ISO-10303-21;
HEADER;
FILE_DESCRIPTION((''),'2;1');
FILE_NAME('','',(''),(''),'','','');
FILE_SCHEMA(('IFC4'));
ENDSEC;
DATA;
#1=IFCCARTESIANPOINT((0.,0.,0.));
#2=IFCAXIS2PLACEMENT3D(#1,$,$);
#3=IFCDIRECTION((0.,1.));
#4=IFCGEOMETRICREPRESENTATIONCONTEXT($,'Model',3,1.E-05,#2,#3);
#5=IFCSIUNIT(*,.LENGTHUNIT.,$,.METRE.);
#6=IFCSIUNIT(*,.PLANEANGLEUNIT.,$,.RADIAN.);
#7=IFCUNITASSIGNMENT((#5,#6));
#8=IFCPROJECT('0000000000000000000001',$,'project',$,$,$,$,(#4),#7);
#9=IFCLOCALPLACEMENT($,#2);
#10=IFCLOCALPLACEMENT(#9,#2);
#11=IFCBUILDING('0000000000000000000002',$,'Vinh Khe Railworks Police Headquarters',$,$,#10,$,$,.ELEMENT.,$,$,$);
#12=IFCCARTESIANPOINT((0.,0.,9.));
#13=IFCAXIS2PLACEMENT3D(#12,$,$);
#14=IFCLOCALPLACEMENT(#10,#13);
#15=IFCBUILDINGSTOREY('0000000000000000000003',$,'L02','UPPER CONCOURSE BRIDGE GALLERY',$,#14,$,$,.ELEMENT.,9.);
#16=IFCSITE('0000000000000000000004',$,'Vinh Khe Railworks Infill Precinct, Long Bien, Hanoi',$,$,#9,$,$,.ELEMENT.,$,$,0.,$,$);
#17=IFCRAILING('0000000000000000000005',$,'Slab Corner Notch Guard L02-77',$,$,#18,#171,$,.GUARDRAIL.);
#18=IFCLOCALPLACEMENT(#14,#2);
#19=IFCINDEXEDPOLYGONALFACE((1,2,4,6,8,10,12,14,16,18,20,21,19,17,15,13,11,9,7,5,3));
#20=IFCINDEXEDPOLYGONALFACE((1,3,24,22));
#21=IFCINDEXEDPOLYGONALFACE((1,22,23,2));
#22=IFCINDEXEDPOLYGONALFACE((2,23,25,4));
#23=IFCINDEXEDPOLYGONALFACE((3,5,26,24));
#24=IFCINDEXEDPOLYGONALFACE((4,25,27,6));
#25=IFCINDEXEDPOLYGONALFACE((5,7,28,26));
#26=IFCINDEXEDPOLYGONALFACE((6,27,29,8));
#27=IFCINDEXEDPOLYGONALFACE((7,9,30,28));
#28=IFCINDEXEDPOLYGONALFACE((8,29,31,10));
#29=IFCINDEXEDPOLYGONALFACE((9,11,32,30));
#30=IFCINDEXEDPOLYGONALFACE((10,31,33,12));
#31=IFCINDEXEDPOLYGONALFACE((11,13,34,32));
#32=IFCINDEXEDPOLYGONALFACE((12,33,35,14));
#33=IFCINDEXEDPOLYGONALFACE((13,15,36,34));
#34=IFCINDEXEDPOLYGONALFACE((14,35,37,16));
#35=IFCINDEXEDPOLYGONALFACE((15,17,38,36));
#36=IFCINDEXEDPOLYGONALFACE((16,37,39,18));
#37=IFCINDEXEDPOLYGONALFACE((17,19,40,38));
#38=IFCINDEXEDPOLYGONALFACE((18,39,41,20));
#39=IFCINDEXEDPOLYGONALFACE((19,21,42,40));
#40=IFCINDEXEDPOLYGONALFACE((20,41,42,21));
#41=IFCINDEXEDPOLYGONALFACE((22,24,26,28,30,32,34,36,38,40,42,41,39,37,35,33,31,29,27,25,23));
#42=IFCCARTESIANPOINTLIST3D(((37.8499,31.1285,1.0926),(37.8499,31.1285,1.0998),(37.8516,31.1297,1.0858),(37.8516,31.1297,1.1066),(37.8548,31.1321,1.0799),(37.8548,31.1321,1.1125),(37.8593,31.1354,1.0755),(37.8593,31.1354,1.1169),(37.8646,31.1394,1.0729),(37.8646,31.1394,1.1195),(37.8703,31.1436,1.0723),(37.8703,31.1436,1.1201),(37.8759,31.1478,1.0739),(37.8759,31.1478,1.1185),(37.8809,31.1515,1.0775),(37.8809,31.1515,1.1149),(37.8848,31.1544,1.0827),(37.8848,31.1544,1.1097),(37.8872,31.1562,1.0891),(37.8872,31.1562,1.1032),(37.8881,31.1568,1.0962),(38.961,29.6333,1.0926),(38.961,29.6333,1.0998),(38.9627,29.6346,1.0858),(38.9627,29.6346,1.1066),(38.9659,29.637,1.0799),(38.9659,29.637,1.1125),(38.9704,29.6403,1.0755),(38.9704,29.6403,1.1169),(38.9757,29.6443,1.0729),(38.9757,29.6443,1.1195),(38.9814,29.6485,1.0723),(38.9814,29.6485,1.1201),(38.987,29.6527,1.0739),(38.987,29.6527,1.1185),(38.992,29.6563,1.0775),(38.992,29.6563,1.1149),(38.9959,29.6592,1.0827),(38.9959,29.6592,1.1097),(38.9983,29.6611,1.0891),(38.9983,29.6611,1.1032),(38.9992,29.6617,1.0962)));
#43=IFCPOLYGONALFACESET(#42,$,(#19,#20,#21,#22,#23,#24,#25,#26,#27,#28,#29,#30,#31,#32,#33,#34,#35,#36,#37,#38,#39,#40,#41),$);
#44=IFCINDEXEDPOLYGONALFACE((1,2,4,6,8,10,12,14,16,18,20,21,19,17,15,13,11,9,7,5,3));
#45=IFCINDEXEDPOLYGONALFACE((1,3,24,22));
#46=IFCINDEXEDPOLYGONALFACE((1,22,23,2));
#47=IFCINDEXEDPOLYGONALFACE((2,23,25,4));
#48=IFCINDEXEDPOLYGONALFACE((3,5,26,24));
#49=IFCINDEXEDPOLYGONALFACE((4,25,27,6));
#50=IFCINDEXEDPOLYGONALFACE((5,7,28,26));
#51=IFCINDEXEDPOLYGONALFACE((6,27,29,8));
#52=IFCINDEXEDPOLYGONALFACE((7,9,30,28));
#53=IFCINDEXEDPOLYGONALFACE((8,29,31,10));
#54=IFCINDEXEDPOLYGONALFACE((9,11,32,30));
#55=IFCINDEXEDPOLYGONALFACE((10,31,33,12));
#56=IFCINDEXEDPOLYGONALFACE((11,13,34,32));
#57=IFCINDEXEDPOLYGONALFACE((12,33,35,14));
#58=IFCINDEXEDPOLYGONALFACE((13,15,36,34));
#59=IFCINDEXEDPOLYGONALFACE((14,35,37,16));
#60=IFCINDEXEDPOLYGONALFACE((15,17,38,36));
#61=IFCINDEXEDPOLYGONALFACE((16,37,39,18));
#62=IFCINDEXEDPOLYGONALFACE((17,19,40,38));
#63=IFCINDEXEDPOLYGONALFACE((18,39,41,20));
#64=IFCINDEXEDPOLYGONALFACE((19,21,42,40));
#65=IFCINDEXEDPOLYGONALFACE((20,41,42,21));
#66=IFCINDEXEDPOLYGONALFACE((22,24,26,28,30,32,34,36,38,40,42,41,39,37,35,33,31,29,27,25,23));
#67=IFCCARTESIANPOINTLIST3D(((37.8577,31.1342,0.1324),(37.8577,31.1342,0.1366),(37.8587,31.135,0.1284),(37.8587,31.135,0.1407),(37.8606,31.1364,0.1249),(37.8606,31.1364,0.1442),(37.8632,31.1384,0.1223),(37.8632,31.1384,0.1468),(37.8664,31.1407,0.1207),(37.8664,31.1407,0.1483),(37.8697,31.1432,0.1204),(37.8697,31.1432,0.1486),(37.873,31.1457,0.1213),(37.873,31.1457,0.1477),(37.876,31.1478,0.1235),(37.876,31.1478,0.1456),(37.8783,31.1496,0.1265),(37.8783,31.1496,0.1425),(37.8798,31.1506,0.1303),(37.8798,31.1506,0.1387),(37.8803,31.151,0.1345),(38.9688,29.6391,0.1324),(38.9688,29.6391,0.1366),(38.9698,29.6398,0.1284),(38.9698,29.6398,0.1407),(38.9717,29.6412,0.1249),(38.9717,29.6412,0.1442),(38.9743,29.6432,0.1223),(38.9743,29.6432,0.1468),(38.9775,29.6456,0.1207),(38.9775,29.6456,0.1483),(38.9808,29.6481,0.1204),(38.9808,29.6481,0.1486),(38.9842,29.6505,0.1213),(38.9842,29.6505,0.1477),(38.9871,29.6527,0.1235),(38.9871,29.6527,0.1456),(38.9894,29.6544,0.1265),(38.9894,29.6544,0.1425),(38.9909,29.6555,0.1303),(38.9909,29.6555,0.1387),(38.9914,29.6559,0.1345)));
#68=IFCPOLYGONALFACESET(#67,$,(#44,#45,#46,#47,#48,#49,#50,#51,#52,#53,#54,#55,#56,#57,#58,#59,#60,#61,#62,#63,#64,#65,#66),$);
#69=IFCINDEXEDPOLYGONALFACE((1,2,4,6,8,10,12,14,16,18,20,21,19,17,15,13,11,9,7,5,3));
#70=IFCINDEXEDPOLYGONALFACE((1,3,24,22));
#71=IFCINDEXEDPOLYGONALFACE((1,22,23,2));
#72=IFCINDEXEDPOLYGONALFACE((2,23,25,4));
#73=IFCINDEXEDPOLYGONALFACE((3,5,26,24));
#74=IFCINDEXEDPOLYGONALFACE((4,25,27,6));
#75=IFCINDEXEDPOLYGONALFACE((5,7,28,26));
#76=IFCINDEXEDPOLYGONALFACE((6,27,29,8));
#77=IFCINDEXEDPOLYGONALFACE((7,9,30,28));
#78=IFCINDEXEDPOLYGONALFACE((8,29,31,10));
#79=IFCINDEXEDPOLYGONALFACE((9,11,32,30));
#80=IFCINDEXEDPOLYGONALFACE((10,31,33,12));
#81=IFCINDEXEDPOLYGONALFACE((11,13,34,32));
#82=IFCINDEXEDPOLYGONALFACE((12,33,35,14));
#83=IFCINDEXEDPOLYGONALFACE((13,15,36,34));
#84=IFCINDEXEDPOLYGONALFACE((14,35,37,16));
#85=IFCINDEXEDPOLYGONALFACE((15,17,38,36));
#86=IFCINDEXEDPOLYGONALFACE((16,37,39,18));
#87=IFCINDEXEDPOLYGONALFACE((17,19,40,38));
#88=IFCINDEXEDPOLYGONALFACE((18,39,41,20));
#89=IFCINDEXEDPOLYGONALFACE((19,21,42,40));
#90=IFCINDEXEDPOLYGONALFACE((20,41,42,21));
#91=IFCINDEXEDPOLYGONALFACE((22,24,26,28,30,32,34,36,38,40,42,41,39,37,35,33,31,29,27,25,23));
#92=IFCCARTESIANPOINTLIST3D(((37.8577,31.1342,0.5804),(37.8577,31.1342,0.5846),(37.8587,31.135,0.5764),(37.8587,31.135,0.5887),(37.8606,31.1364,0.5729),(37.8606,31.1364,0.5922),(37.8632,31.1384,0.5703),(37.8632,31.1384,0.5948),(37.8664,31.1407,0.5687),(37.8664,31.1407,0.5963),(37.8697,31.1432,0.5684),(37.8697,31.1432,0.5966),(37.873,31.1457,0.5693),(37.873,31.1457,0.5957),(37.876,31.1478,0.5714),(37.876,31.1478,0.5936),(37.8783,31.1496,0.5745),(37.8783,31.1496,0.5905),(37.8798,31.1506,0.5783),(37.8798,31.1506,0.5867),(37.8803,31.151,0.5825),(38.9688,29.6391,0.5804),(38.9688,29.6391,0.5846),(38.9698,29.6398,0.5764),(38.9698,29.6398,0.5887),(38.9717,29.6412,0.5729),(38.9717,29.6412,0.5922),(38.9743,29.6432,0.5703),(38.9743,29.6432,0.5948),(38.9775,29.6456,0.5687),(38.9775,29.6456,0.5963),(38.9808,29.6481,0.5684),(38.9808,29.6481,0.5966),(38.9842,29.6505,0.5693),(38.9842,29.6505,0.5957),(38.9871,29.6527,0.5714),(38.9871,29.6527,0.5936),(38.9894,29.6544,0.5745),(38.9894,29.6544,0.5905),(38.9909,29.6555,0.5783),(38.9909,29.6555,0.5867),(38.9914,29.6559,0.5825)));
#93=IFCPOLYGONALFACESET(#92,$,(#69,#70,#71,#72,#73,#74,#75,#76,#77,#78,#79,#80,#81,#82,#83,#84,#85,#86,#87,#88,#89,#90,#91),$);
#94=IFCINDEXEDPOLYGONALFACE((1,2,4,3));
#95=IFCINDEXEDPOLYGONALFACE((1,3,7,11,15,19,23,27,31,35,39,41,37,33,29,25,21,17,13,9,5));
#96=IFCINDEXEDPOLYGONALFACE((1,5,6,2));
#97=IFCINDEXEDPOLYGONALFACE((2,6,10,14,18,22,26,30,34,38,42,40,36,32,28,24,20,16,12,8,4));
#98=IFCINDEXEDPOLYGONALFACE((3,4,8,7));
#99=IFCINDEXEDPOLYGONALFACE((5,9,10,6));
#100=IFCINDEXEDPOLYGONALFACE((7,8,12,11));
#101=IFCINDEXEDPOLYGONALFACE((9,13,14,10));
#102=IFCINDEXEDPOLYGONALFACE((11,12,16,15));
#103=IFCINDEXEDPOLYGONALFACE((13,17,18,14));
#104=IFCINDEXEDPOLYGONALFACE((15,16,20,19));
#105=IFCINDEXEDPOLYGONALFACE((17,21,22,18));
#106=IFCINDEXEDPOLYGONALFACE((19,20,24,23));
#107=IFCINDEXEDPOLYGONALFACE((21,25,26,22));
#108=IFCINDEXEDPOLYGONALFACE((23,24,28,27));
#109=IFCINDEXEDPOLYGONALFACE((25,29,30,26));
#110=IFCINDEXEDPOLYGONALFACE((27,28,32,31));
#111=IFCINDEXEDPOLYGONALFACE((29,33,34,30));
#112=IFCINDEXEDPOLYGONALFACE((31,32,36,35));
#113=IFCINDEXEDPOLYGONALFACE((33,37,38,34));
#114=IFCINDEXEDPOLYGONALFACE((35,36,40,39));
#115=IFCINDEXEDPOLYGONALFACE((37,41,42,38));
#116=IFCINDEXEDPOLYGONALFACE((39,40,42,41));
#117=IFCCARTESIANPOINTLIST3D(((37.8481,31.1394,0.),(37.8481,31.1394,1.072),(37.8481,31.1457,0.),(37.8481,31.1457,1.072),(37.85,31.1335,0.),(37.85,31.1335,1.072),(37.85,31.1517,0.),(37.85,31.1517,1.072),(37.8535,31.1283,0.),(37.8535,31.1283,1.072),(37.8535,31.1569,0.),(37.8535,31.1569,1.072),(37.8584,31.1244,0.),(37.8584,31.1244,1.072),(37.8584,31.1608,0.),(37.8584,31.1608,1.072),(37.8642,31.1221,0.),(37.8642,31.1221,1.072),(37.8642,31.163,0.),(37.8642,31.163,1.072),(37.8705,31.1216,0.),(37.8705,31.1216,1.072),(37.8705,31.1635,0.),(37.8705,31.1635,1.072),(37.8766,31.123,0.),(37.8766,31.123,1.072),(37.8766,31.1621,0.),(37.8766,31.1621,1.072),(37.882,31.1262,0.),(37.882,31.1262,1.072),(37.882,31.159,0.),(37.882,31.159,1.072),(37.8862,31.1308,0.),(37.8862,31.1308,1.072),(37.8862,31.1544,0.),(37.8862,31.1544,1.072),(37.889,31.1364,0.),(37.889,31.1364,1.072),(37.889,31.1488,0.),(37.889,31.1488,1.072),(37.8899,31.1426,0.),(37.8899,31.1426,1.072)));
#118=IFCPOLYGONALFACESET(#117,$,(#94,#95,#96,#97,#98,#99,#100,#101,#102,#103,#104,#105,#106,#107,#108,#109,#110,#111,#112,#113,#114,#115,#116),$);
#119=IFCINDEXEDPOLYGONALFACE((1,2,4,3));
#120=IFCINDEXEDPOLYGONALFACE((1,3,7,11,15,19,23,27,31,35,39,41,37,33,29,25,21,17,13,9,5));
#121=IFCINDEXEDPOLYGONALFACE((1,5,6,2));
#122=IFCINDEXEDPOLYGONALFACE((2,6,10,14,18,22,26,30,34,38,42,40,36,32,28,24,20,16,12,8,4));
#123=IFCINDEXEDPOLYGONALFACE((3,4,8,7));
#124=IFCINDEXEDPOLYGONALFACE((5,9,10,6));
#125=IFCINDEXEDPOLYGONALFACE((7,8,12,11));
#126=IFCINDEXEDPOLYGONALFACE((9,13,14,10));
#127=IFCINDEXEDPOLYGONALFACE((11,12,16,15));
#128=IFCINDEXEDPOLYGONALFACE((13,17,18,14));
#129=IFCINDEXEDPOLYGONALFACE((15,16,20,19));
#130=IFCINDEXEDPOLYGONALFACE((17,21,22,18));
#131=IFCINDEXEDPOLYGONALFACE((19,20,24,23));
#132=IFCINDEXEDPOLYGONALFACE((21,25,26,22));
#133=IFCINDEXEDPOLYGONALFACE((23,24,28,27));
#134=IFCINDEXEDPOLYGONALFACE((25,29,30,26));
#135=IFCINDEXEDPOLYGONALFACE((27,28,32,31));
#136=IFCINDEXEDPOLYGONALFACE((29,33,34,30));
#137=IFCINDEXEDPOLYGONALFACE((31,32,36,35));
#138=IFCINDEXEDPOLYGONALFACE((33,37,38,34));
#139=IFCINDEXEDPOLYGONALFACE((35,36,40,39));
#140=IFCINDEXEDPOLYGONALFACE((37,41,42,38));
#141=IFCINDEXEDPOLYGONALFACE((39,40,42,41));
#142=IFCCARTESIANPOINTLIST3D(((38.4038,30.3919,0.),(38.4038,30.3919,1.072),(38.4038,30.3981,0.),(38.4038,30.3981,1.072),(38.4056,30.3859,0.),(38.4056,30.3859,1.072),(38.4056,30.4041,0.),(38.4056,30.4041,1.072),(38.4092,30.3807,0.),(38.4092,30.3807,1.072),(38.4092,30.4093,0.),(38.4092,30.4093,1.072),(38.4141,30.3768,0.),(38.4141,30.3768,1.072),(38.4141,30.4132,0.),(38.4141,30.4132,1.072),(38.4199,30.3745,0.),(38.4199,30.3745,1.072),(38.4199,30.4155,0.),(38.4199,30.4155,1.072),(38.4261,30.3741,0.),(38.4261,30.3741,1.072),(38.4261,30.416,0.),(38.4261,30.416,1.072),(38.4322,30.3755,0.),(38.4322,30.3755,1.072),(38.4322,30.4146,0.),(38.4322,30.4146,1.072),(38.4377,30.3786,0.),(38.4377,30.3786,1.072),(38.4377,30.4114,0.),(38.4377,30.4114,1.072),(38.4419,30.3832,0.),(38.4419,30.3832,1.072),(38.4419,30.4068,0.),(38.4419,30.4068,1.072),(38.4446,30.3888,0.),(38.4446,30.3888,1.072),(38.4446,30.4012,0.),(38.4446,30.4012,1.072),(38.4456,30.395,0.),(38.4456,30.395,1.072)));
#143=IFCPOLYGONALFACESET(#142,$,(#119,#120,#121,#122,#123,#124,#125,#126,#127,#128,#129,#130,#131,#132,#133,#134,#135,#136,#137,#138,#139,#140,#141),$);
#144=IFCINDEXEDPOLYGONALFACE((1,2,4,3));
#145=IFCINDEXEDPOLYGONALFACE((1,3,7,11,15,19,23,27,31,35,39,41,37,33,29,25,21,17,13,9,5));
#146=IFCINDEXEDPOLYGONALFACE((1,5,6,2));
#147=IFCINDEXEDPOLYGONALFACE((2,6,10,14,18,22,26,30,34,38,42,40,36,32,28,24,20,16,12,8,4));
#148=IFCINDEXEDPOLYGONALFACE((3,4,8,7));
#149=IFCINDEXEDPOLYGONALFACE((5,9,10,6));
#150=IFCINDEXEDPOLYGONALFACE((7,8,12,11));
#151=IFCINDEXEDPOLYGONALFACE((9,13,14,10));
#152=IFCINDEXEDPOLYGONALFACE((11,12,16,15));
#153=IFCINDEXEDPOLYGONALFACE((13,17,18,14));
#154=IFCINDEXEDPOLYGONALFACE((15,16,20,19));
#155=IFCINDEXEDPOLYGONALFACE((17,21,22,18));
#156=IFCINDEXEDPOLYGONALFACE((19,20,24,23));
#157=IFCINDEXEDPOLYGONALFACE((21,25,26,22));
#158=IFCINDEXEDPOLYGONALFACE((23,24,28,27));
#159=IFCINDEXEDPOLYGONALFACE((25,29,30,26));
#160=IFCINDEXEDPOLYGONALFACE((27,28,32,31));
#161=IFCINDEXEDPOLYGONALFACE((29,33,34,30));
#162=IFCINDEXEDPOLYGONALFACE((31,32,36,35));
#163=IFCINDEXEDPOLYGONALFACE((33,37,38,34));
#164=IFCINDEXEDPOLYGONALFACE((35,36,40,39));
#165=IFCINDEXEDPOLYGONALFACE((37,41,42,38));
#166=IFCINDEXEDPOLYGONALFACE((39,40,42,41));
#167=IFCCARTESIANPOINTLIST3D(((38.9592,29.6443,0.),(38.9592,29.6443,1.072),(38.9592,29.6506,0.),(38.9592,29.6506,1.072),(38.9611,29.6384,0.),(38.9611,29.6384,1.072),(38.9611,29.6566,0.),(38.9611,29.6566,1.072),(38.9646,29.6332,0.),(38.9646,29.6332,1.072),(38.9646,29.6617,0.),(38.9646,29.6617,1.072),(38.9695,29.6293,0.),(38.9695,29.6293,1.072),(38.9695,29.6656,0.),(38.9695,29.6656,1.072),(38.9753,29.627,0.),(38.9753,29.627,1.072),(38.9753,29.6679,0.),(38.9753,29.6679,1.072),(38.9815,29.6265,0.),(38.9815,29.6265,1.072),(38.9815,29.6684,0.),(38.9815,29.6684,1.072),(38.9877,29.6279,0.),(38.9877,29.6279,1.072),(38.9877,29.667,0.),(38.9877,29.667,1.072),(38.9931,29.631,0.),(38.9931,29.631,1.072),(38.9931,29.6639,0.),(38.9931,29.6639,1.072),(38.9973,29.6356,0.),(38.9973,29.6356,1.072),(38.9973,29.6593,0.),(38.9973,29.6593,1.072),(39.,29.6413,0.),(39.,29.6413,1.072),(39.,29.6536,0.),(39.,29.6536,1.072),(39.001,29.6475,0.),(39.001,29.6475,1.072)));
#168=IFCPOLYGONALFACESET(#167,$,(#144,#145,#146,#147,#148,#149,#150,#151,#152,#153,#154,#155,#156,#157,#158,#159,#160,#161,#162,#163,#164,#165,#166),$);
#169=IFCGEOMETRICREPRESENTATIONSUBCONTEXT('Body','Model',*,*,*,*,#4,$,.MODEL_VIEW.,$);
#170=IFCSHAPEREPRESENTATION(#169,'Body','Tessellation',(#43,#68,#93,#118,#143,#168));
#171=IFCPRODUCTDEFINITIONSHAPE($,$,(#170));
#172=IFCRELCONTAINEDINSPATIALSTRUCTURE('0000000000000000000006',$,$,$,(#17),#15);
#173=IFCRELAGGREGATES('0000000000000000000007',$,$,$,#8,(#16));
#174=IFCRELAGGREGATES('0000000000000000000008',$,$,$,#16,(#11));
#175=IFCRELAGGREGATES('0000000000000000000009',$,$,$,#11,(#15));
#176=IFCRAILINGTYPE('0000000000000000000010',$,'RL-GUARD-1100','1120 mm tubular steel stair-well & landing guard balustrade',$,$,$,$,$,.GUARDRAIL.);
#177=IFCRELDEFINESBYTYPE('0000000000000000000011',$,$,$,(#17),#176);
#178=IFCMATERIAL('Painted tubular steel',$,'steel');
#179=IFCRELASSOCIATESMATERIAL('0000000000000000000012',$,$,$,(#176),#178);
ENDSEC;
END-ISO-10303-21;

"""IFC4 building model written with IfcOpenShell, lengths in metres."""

from ifc_helpers import new_model, si_unit, direction, frame, origin, origin_2d, place, context, subcontext, project, spatial, circle, extrude, material, type_object, element, save


model = new_model("IFC4")

# Units and contexts
model_context = context("Model", 3, precision=1e-05, world=origin(), true_north=direction((0.0, 1.0)))
body_context = subcontext(model_context, "Body", "Model", "MODEL_VIEW")
ifc_project = project(units=[si_unit("LENGTHUNIT", "METRE"), si_unit("PLANEANGLEUNIT", "RADIAN")], contexts=[model_context])

# Site, building, storey
site_placement = place(None, origin())
site = spatial("IfcSite", under=ifc_project, at=site_placement, Name="Vinh Khe Railworks Infill Precinct, Long Bien, Hanoi", CompositionType="ELEMENT", RefElevation=0.0)
building_placement = place(site_placement, origin())
building = spatial("IfcBuilding", under=site, at=building_placement, Name="Vinh Khe Railworks Police Headquarters", CompositionType="ELEMENT")
storey_placement = place(building_placement, frame((0.0, 0.0, 9.0)))
storey = spatial("IfcBuildingStorey", under=building, at=storey_placement, Name="L02", Description="UPPER CONCOURSE BRIDGE GALLERY", CompositionType="ELEMENT", Elevation=9.0)

# Railing
ifc_material_1 = material(Name="Painted tubular steel", Category="steel")
railing_type = type_object("IfcRailingType", Name="RL-GUARD-1100", Description="1120 mm tubular steel stair-well & landing guard balustrade", PredefinedType="GUARDRAIL", material=ifc_material_1)
railing_1_placement = place(storey_placement, frame((37.8689, 31.1426, 0.0)))
element("IfcRailing", 1, at=railing_1_placement, inside=storey, type_object=railing_type, Name="Slab Corner Notch Guard L02-77", PredefinedType="GUARDRAIL", context=body_context, shape_type="SweptSolid", body=[
    extrude(circle(Radius=0.0239, at=origin_2d()), frame((0.0, 0.0, 1.0962), z_axis=(0.596471, -0.802634, 0.0), x_axis=(0.802634, 0.596471, 0.0)), (0.0, 0.0, 1.0), 1.8628),
    extrude(circle(Radius=0.0142, at=origin_2d()), frame((0.0, 0.0, 0.1345), z_axis=(0.596471, -0.802634, 0.0), x_axis=(0.802634, 0.596471, 0.0)), (0.0, 0.0, 1.0), 1.8628),
    extrude(circle(Radius=0.0142, at=origin_2d()), frame((0.0, 0.0, 0.5825), z_axis=(0.596471, -0.802634, 0.0), x_axis=(0.802634, 0.596471, 0.0)), (0.0, 0.0, 1.0), 1.8628),
    extrude(circle(Radius=0.021, at=origin_2d()), origin(), (0.0, 0.0, 1.0), 1.072),
    extrude(circle(Radius=0.021, at=origin_2d()), frame((0.5557, -0.7476, 0.0)), (0.0, 0.0, 1.0), 1.072),
    extrude(circle(Radius=0.021, at=origin_2d()), frame((1.1111, -1.4951, 0.0)), (0.0, 0.0, 1.0), 1.072),
])

save(model, "model.ifc")
